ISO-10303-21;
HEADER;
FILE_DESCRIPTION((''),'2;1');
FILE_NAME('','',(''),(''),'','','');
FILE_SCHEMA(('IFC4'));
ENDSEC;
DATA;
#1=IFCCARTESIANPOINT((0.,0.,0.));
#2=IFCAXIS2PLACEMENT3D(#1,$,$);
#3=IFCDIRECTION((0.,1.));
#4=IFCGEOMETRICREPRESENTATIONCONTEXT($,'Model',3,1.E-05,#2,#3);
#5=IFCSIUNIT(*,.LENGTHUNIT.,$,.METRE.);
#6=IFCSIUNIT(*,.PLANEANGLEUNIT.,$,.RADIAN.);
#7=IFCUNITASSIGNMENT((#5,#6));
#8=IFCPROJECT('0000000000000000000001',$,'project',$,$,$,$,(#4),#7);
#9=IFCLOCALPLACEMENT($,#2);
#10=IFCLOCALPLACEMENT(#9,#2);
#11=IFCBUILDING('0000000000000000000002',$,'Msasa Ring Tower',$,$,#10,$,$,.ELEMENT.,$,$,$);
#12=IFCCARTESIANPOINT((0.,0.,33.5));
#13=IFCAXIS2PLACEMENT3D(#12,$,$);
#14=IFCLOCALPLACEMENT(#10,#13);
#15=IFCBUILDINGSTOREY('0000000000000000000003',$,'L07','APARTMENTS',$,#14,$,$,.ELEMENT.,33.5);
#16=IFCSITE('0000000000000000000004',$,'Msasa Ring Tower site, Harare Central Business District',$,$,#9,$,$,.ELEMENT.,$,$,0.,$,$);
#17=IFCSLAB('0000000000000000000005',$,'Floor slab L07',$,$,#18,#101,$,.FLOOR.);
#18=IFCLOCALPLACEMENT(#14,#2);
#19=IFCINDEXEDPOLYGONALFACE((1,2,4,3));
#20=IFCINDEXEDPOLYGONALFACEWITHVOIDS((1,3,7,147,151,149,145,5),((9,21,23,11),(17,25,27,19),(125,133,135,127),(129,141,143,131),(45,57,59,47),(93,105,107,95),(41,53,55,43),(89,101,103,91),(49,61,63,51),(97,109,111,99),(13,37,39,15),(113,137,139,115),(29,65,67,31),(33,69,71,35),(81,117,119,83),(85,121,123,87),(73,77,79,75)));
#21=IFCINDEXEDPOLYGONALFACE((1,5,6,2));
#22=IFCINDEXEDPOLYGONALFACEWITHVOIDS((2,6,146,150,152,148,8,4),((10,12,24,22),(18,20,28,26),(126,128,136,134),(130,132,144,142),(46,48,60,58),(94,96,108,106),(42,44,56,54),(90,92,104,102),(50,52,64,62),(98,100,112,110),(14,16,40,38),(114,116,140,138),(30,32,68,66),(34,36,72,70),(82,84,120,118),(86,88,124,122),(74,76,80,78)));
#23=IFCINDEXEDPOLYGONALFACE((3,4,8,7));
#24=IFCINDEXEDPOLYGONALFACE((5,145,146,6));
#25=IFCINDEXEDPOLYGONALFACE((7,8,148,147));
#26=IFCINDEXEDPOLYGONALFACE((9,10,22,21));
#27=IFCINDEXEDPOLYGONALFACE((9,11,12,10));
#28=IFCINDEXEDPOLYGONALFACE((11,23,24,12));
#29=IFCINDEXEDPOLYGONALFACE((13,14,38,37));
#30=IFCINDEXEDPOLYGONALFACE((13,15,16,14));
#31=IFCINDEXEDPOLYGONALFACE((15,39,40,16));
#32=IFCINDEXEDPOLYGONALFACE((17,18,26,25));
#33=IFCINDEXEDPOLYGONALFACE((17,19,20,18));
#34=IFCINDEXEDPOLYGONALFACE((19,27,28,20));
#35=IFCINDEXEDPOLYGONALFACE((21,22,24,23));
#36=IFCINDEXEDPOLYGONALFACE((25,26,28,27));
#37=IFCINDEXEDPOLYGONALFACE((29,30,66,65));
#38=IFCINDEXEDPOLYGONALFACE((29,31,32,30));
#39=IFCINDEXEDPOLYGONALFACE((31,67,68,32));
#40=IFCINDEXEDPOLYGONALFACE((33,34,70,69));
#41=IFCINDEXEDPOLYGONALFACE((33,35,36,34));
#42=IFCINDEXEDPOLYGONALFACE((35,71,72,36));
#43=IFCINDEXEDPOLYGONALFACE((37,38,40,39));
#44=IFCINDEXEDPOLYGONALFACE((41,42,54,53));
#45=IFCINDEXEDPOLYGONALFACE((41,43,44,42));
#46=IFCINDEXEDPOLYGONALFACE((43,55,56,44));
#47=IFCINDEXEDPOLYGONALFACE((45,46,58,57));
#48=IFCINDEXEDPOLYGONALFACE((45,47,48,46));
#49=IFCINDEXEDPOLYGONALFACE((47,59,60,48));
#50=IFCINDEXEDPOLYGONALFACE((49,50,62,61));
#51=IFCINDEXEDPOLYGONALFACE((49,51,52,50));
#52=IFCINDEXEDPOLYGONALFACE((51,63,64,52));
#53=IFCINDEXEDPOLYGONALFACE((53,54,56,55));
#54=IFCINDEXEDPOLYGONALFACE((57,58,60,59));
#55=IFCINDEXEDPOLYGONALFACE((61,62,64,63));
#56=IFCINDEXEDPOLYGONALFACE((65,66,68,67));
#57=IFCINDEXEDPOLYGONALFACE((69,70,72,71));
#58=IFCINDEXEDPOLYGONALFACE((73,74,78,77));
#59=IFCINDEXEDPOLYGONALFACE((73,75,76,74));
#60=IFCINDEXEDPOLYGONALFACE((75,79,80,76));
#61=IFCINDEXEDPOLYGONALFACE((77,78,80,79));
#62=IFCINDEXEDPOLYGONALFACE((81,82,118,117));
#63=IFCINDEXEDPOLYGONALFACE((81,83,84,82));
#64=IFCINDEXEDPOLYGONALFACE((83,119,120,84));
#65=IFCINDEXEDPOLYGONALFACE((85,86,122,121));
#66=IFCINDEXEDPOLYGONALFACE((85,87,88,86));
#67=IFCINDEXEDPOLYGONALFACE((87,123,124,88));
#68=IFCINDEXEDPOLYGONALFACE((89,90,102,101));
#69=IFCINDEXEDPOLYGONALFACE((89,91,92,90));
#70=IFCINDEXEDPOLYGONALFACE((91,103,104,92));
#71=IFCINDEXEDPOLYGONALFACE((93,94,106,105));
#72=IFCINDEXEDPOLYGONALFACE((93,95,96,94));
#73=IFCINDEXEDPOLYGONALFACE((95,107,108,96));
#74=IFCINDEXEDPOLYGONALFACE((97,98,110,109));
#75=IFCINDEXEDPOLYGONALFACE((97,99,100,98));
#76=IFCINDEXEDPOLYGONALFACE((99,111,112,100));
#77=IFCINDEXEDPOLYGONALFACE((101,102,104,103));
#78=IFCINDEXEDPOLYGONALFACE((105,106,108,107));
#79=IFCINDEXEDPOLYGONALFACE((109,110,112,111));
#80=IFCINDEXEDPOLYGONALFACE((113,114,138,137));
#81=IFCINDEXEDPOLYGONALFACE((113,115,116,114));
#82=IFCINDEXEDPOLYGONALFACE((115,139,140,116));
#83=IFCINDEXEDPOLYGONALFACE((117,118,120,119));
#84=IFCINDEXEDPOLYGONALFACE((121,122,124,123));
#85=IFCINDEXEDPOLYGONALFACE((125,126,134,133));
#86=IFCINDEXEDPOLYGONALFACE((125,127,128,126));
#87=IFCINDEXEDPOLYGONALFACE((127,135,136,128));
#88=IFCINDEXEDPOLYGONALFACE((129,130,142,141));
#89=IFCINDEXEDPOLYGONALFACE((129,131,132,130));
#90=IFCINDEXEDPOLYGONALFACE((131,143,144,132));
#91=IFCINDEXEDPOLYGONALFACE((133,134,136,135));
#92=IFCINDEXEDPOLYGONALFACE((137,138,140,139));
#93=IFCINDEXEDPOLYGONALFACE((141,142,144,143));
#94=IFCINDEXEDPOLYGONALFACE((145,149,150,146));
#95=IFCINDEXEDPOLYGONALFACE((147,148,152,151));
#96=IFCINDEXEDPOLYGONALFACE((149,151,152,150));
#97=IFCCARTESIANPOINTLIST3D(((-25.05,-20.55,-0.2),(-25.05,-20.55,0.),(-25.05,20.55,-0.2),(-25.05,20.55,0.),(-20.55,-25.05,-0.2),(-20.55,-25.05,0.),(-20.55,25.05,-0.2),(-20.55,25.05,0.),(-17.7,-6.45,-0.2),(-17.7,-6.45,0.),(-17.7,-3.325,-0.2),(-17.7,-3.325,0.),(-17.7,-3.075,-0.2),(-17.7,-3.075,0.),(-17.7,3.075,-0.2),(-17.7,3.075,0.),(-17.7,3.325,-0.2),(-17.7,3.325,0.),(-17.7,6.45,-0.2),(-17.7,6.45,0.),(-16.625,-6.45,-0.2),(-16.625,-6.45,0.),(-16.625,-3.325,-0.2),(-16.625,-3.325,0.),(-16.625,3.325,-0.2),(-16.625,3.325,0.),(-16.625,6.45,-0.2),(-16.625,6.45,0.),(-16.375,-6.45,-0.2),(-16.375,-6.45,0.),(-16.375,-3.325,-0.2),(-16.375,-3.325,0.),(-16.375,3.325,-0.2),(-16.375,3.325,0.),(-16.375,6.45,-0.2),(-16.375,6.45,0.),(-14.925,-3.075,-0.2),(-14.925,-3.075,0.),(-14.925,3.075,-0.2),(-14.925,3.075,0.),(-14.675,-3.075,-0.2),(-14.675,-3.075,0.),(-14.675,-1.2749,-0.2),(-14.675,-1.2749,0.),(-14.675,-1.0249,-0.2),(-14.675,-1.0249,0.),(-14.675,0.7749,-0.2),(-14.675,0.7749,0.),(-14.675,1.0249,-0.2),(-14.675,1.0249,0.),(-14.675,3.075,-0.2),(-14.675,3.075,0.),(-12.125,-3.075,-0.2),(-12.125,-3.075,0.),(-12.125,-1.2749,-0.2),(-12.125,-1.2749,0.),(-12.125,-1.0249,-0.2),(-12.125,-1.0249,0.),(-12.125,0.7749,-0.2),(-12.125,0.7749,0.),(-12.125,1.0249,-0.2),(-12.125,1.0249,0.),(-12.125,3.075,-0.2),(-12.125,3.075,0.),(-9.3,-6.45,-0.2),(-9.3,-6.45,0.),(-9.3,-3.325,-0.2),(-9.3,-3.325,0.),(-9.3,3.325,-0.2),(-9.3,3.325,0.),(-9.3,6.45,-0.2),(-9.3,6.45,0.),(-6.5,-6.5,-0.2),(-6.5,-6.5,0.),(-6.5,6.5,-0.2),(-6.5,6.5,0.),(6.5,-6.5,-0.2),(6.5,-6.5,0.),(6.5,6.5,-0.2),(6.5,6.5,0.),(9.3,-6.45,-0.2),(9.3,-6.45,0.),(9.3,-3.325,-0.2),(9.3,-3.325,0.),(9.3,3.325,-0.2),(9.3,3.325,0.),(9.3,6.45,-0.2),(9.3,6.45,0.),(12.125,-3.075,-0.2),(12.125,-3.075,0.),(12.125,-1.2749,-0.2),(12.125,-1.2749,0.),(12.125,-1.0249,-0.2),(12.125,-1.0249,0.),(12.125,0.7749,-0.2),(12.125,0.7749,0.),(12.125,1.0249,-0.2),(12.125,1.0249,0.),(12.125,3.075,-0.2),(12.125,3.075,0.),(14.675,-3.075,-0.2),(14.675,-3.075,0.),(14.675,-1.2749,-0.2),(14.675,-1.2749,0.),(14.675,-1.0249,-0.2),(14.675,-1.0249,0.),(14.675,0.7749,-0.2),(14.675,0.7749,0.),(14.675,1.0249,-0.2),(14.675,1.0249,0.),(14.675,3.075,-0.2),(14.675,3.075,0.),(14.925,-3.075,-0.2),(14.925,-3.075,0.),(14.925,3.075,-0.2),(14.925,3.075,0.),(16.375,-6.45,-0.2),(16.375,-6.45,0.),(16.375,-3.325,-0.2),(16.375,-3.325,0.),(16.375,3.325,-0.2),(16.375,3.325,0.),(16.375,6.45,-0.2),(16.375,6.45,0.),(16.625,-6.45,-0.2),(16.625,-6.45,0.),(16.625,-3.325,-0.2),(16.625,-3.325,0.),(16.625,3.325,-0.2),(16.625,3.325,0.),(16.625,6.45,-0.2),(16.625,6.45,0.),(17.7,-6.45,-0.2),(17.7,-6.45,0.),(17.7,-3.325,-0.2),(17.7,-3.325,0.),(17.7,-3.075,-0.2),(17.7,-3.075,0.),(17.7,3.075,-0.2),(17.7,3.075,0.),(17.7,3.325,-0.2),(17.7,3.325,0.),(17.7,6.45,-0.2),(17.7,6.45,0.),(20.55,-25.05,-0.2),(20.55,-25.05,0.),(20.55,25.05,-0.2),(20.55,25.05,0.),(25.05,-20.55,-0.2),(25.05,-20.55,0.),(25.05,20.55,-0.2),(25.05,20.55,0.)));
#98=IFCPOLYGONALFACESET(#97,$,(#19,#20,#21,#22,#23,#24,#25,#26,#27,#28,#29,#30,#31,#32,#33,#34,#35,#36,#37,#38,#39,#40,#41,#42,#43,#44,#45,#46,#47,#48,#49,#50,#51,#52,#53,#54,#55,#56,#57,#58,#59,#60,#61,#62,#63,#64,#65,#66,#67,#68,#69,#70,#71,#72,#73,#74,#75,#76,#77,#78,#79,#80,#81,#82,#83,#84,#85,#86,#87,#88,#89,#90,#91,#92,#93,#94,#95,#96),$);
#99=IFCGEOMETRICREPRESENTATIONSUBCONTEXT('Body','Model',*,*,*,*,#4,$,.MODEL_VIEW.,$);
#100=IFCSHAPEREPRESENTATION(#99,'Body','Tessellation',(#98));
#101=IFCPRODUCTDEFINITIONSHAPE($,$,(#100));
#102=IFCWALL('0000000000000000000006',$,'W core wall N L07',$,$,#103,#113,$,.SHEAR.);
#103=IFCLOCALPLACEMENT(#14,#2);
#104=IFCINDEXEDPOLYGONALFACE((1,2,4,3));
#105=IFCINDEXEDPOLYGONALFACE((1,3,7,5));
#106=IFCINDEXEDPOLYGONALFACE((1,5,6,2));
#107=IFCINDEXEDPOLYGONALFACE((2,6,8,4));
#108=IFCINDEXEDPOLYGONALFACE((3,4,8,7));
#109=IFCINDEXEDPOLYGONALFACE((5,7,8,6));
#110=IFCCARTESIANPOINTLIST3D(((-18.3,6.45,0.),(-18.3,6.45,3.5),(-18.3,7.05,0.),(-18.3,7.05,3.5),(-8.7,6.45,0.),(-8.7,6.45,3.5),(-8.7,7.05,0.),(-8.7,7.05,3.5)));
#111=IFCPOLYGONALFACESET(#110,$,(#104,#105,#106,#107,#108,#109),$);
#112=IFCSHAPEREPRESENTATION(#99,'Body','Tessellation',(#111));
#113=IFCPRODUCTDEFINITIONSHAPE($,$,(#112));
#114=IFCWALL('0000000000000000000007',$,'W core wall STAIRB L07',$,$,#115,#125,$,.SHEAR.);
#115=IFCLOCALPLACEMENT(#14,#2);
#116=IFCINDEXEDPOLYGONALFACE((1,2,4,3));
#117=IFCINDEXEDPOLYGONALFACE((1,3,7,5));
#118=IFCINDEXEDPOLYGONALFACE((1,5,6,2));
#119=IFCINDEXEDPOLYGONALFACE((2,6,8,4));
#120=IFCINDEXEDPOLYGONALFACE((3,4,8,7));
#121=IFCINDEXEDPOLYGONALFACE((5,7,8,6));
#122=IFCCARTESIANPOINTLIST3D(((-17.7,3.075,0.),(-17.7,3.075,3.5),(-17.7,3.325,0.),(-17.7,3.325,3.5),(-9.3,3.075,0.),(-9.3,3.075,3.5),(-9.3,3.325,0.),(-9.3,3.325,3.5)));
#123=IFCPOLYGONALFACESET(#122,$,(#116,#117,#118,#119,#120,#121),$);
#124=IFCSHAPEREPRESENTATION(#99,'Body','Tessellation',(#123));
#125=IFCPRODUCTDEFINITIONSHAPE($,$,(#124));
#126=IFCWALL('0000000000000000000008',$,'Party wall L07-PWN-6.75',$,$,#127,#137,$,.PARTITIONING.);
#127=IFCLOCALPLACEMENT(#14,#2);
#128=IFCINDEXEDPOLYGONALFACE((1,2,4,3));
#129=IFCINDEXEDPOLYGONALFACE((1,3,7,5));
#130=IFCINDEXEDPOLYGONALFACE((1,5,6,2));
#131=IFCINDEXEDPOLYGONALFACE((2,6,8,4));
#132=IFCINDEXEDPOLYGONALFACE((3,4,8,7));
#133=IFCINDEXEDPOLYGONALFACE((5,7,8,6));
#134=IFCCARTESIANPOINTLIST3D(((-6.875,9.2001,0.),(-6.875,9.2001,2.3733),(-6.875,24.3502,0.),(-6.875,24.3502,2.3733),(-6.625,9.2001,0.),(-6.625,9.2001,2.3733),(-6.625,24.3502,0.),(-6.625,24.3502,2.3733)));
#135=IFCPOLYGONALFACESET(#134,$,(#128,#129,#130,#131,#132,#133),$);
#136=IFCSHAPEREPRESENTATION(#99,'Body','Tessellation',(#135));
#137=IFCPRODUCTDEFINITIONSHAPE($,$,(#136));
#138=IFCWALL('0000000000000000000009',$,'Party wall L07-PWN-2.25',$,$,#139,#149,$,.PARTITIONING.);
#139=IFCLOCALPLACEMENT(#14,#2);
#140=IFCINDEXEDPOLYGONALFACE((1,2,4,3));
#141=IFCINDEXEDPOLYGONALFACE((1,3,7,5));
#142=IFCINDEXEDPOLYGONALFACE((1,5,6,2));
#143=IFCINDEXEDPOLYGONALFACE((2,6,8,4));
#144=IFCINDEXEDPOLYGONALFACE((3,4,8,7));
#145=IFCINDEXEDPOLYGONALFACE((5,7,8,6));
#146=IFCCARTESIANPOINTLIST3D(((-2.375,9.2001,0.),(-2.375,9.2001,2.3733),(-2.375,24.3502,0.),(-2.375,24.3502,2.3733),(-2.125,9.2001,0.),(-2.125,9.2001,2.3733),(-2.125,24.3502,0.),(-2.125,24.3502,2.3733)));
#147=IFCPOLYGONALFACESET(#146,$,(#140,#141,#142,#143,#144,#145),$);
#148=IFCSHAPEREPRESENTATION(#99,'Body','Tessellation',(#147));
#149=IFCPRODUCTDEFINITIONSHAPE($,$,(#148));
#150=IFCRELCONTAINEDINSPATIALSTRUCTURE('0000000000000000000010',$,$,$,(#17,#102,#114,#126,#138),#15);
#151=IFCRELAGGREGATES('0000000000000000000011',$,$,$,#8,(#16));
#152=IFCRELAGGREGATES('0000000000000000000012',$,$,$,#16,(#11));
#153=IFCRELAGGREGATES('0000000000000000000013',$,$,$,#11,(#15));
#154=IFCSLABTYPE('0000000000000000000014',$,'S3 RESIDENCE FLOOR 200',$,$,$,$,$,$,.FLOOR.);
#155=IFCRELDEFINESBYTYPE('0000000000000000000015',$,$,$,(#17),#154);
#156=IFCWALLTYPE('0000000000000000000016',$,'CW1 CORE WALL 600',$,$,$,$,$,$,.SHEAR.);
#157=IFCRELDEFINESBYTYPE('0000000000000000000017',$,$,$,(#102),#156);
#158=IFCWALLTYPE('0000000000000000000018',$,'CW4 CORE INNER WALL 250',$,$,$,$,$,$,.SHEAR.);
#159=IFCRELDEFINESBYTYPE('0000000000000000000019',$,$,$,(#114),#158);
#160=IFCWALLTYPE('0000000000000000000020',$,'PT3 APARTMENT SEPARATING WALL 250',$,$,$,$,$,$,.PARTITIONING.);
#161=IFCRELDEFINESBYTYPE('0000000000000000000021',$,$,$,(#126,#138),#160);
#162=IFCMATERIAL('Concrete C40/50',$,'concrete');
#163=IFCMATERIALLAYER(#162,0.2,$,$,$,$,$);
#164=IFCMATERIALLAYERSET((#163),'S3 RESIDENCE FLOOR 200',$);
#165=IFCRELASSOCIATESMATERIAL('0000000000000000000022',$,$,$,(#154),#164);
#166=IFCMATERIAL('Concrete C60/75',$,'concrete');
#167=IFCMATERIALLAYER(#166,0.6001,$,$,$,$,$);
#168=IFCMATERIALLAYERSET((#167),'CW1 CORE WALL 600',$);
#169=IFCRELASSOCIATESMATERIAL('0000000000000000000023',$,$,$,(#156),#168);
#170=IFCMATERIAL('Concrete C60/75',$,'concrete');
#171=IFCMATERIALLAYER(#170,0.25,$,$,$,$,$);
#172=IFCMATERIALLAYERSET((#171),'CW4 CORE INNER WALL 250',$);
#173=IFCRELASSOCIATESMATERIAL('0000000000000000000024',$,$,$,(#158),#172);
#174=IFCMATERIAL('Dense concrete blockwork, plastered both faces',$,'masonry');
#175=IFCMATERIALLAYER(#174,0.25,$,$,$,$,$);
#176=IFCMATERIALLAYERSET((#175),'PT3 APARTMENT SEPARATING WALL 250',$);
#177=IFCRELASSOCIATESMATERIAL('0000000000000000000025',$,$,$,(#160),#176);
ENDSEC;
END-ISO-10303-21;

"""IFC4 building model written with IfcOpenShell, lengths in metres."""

from ifc_helpers import new_model, si_unit, direction, frame, frame_2d, origin, place, context, subcontext, project, spatial, polyline, rectangle, outline, extrude, material, layer, layer_set, type_object, element, save


model = new_model("IFC4")

# Units and contexts
model_context = context("Model", 3, precision=1e-05, world=origin(), true_north=direction((0.0, 1.0)))
body_context = subcontext(model_context, "Body", "Model", "MODEL_VIEW")
ifc_project = project(units=[si_unit("LENGTHUNIT", "METRE"), si_unit("PLANEANGLEUNIT", "RADIAN")], contexts=[model_context])

# Site, building, storey
site_placement = place(None, origin())
site = spatial("IfcSite", under=ifc_project, at=site_placement, Name="Msasa Ring Tower site, Harare Central Business District", CompositionType="ELEMENT", RefElevation=0.0)
building_placement = place(site_placement, origin())
building = spatial("IfcBuilding", under=site, at=building_placement, Name="Msasa Ring Tower", CompositionType="ELEMENT")
storey_placement = place(building_placement, frame((0.0, 0.0, 33.5)))
storey = spatial("IfcBuildingStorey", under=building, at=storey_placement, Name="L07", Description="APARTMENTS", CompositionType="ELEMENT", Elevation=33.5)

# Slab
ifc_material_1 = material(Name="Concrete C40/50", Category="concrete")
ifc_layer_1 = layer(ifc_material_1, 0.2)
ifc_layer_set_1 = layer_set([ifc_layer_1], Name="S3 RESIDENCE FLOOR 200")
slab_type = type_object("IfcSlabType", Name="S3 RESIDENCE FLOOR 200", PredefinedType="FLOOR", material=ifc_layer_set_1)
slab_placement = place(storey_placement, frame((0.0, 0.0, -0.2)))
element("IfcSlab", 1, at=slab_placement, inside=storey, type_object=slab_type, Name="Floor slab L07", PredefinedType="FLOOR", context=body_context, shape_type="SweptSolid", body=[
    extrude(outline(polyline([(-20.55, -25.05), (20.55, -25.05), (25.05, -20.55), (25.05, 20.55), (20.55, 25.05), (-20.55, 25.05), (-25.05, 20.55), (-25.05, -20.55), (-20.55, -25.05)]), holes=[polyline([(-6.5, -6.5), (6.5, -6.5), (6.5, 6.5), (-6.5, 6.5), (-6.5, -6.5)]), polyline([(9.3, -6.45), (16.375, -6.45), (16.375, -3.325), (9.3, -3.325), (9.3, -6.45)]), polyline([(9.3, 3.325), (16.375, 3.325), (16.375, 6.45), (9.3, 6.45), (9.3, 3.325)]), polyline([(12.125, -3.075), (14.675, -3.075), (14.675, -1.2749), (12.125, -1.2749), (12.125, -3.075)]), polyline([(12.125, -1.0249), (14.675, -1.0249), (14.675, 0.7749), (12.125, 0.7749), (12.125, -1.0249)]), polyline([(12.125, 1.0249), (14.675, 1.0249), (14.675, 3.075), (12.125, 3.075), (12.125, 1.0249)]), polyline([(16.625, -6.45), (17.7, -6.45), (17.7, -3.325), (16.625, -3.325), (16.625, -6.45)]), polyline([(16.625, 3.325), (17.7, 3.325), (17.7, 6.45), (16.625, 6.45), (16.625, 3.325)]), polyline([(14.925, -3.075), (17.7, -3.075), (17.7, 3.075), (14.925, 3.075), (14.925, -3.075)]), polyline([(-16.375, -6.45), (-9.3, -6.45), (-9.3, -3.325), (-16.375, -3.325), (-16.375, -6.45)]), polyline([(-16.375, 3.325), (-9.3, 3.325), (-9.3, 6.45), (-16.375, 6.45), (-16.375, 3.325)]), polyline([(-14.675, -3.075), (-12.125, -3.075), (-12.125, -1.2749), (-14.675, -1.2749), (-14.675, -3.075)]), polyline([(-14.675, -1.0249), (-12.125, -1.0249), (-12.125, 0.7749), (-14.675, 0.7749), (-14.675, -1.0249)]), polyline([(-14.675, 1.0249), (-12.125, 1.0249), (-12.125, 3.075), (-14.675, 3.075), (-14.675, 1.0249)]), polyline([(-17.7, -6.45), (-16.625, -6.45), (-16.625, -3.325), (-17.7, -3.325), (-17.7, -6.45)]), polyline([(-17.7, 3.325), (-16.625, 3.325), (-16.625, 6.45), (-17.7, 6.45), (-17.7, 3.325)]), polyline([(-17.7, -3.075), (-14.925, -3.075), (-14.925, 3.075), (-17.7, 3.075), (-17.7, -3.075)])]), origin(), (0.0, 0.0, 1.0), 0.2),
])

# Walls
ifc_material_2 = material(Name="Concrete C60/75", Category="concrete")
ifc_layer_2 = layer(ifc_material_2, 0.6001)
ifc_layer_set_2 = layer_set([ifc_layer_2], Name="CW1 CORE WALL 600")
wall_type_1 = type_object("IfcWallType", Name="CW1 CORE WALL 600", PredefinedType="SHEAR", material=ifc_layer_set_2)
wall_1_placement = place(storey_placement, frame((-8.7, 6.75, 0.0), z_axis=(0.0, 0.0, 1.0), x_axis=(-1.0, 0.0, 0.0)))
element("IfcWall", 2, at=wall_1_placement, inside=storey, type_object=wall_type_1, Name="W core wall N L07", PredefinedType="SHEAR", context=body_context, shape_type="SweptSolid", body=[
    extrude(rectangle(XDim=9.6001, YDim=0.6001, at=frame_2d((4.8, 0.0))), origin(), (0.0, 0.0, 1.0), 3.5),
])
ifc_material_3 = material(Name="Concrete C60/75", Category="concrete")
ifc_layer_3 = layer(ifc_material_3, 0.25)
ifc_layer_set_3 = layer_set([ifc_layer_3], Name="CW4 CORE INNER WALL 250")
wall_type_2 = type_object("IfcWallType", Name="CW4 CORE INNER WALL 250", PredefinedType="SHEAR", material=ifc_layer_set_3)
wall_2_placement = place(storey_placement, frame((-9.3, 3.2, 0.0), z_axis=(0.0, 0.0, 1.0), x_axis=(-1.0, 0.0, 0.0)))
element("IfcWall", 3, at=wall_2_placement, inside=storey, type_object=wall_type_2, Name="W core wall STAIRB L07", PredefinedType="SHEAR", context=body_context, shape_type="SweptSolid", body=[
    extrude(rectangle(XDim=8.3999, YDim=0.25, at=frame_2d((4.2, 0.0))), origin(), (0.0, 0.0, 1.0), 3.5),
])
ifc_material_4 = material(Name="Dense concrete blockwork, plastered both faces", Category="masonry")
ifc_layer_4 = layer(ifc_material_4, 0.25)
ifc_layer_set_4 = layer_set([ifc_layer_4], Name="PT3 APARTMENT SEPARATING WALL 250")
wall_type_3 = type_object("IfcWallType", Name="PT3 APARTMENT SEPARATING WALL 250", PredefinedType="PARTITIONING", material=ifc_layer_set_4)
for number, where, z_axis, x_axis, name in (
    (4, (-6.75, 9.2, 0.0), (0.0, 0.0, 1.0), (0.0, 1.0, 0.0), "Party wall L07-PWN-6.75"),
    (5, (-2.25, 9.2, 0.0), (0.0, 0.0, 1.0), (0.0, 1.0, 0.0), "Party wall L07-PWN-2.25"),
):
    element("IfcWall", number, at=place(storey_placement, frame(where, z_axis=z_axis, x_axis=x_axis)), inside=storey, type_object=wall_type_3, Name=name, PredefinedType="PARTITIONING", context=body_context, shape_type="SweptSolid", body=[
        extrude(rectangle(XDim=15.1501, YDim=0.25, at=frame_2d((7.5752, 0.0))), origin(), (0.0, 0.0, 1.0), 2.3733),
    ])

save(model, "model.ifc")
